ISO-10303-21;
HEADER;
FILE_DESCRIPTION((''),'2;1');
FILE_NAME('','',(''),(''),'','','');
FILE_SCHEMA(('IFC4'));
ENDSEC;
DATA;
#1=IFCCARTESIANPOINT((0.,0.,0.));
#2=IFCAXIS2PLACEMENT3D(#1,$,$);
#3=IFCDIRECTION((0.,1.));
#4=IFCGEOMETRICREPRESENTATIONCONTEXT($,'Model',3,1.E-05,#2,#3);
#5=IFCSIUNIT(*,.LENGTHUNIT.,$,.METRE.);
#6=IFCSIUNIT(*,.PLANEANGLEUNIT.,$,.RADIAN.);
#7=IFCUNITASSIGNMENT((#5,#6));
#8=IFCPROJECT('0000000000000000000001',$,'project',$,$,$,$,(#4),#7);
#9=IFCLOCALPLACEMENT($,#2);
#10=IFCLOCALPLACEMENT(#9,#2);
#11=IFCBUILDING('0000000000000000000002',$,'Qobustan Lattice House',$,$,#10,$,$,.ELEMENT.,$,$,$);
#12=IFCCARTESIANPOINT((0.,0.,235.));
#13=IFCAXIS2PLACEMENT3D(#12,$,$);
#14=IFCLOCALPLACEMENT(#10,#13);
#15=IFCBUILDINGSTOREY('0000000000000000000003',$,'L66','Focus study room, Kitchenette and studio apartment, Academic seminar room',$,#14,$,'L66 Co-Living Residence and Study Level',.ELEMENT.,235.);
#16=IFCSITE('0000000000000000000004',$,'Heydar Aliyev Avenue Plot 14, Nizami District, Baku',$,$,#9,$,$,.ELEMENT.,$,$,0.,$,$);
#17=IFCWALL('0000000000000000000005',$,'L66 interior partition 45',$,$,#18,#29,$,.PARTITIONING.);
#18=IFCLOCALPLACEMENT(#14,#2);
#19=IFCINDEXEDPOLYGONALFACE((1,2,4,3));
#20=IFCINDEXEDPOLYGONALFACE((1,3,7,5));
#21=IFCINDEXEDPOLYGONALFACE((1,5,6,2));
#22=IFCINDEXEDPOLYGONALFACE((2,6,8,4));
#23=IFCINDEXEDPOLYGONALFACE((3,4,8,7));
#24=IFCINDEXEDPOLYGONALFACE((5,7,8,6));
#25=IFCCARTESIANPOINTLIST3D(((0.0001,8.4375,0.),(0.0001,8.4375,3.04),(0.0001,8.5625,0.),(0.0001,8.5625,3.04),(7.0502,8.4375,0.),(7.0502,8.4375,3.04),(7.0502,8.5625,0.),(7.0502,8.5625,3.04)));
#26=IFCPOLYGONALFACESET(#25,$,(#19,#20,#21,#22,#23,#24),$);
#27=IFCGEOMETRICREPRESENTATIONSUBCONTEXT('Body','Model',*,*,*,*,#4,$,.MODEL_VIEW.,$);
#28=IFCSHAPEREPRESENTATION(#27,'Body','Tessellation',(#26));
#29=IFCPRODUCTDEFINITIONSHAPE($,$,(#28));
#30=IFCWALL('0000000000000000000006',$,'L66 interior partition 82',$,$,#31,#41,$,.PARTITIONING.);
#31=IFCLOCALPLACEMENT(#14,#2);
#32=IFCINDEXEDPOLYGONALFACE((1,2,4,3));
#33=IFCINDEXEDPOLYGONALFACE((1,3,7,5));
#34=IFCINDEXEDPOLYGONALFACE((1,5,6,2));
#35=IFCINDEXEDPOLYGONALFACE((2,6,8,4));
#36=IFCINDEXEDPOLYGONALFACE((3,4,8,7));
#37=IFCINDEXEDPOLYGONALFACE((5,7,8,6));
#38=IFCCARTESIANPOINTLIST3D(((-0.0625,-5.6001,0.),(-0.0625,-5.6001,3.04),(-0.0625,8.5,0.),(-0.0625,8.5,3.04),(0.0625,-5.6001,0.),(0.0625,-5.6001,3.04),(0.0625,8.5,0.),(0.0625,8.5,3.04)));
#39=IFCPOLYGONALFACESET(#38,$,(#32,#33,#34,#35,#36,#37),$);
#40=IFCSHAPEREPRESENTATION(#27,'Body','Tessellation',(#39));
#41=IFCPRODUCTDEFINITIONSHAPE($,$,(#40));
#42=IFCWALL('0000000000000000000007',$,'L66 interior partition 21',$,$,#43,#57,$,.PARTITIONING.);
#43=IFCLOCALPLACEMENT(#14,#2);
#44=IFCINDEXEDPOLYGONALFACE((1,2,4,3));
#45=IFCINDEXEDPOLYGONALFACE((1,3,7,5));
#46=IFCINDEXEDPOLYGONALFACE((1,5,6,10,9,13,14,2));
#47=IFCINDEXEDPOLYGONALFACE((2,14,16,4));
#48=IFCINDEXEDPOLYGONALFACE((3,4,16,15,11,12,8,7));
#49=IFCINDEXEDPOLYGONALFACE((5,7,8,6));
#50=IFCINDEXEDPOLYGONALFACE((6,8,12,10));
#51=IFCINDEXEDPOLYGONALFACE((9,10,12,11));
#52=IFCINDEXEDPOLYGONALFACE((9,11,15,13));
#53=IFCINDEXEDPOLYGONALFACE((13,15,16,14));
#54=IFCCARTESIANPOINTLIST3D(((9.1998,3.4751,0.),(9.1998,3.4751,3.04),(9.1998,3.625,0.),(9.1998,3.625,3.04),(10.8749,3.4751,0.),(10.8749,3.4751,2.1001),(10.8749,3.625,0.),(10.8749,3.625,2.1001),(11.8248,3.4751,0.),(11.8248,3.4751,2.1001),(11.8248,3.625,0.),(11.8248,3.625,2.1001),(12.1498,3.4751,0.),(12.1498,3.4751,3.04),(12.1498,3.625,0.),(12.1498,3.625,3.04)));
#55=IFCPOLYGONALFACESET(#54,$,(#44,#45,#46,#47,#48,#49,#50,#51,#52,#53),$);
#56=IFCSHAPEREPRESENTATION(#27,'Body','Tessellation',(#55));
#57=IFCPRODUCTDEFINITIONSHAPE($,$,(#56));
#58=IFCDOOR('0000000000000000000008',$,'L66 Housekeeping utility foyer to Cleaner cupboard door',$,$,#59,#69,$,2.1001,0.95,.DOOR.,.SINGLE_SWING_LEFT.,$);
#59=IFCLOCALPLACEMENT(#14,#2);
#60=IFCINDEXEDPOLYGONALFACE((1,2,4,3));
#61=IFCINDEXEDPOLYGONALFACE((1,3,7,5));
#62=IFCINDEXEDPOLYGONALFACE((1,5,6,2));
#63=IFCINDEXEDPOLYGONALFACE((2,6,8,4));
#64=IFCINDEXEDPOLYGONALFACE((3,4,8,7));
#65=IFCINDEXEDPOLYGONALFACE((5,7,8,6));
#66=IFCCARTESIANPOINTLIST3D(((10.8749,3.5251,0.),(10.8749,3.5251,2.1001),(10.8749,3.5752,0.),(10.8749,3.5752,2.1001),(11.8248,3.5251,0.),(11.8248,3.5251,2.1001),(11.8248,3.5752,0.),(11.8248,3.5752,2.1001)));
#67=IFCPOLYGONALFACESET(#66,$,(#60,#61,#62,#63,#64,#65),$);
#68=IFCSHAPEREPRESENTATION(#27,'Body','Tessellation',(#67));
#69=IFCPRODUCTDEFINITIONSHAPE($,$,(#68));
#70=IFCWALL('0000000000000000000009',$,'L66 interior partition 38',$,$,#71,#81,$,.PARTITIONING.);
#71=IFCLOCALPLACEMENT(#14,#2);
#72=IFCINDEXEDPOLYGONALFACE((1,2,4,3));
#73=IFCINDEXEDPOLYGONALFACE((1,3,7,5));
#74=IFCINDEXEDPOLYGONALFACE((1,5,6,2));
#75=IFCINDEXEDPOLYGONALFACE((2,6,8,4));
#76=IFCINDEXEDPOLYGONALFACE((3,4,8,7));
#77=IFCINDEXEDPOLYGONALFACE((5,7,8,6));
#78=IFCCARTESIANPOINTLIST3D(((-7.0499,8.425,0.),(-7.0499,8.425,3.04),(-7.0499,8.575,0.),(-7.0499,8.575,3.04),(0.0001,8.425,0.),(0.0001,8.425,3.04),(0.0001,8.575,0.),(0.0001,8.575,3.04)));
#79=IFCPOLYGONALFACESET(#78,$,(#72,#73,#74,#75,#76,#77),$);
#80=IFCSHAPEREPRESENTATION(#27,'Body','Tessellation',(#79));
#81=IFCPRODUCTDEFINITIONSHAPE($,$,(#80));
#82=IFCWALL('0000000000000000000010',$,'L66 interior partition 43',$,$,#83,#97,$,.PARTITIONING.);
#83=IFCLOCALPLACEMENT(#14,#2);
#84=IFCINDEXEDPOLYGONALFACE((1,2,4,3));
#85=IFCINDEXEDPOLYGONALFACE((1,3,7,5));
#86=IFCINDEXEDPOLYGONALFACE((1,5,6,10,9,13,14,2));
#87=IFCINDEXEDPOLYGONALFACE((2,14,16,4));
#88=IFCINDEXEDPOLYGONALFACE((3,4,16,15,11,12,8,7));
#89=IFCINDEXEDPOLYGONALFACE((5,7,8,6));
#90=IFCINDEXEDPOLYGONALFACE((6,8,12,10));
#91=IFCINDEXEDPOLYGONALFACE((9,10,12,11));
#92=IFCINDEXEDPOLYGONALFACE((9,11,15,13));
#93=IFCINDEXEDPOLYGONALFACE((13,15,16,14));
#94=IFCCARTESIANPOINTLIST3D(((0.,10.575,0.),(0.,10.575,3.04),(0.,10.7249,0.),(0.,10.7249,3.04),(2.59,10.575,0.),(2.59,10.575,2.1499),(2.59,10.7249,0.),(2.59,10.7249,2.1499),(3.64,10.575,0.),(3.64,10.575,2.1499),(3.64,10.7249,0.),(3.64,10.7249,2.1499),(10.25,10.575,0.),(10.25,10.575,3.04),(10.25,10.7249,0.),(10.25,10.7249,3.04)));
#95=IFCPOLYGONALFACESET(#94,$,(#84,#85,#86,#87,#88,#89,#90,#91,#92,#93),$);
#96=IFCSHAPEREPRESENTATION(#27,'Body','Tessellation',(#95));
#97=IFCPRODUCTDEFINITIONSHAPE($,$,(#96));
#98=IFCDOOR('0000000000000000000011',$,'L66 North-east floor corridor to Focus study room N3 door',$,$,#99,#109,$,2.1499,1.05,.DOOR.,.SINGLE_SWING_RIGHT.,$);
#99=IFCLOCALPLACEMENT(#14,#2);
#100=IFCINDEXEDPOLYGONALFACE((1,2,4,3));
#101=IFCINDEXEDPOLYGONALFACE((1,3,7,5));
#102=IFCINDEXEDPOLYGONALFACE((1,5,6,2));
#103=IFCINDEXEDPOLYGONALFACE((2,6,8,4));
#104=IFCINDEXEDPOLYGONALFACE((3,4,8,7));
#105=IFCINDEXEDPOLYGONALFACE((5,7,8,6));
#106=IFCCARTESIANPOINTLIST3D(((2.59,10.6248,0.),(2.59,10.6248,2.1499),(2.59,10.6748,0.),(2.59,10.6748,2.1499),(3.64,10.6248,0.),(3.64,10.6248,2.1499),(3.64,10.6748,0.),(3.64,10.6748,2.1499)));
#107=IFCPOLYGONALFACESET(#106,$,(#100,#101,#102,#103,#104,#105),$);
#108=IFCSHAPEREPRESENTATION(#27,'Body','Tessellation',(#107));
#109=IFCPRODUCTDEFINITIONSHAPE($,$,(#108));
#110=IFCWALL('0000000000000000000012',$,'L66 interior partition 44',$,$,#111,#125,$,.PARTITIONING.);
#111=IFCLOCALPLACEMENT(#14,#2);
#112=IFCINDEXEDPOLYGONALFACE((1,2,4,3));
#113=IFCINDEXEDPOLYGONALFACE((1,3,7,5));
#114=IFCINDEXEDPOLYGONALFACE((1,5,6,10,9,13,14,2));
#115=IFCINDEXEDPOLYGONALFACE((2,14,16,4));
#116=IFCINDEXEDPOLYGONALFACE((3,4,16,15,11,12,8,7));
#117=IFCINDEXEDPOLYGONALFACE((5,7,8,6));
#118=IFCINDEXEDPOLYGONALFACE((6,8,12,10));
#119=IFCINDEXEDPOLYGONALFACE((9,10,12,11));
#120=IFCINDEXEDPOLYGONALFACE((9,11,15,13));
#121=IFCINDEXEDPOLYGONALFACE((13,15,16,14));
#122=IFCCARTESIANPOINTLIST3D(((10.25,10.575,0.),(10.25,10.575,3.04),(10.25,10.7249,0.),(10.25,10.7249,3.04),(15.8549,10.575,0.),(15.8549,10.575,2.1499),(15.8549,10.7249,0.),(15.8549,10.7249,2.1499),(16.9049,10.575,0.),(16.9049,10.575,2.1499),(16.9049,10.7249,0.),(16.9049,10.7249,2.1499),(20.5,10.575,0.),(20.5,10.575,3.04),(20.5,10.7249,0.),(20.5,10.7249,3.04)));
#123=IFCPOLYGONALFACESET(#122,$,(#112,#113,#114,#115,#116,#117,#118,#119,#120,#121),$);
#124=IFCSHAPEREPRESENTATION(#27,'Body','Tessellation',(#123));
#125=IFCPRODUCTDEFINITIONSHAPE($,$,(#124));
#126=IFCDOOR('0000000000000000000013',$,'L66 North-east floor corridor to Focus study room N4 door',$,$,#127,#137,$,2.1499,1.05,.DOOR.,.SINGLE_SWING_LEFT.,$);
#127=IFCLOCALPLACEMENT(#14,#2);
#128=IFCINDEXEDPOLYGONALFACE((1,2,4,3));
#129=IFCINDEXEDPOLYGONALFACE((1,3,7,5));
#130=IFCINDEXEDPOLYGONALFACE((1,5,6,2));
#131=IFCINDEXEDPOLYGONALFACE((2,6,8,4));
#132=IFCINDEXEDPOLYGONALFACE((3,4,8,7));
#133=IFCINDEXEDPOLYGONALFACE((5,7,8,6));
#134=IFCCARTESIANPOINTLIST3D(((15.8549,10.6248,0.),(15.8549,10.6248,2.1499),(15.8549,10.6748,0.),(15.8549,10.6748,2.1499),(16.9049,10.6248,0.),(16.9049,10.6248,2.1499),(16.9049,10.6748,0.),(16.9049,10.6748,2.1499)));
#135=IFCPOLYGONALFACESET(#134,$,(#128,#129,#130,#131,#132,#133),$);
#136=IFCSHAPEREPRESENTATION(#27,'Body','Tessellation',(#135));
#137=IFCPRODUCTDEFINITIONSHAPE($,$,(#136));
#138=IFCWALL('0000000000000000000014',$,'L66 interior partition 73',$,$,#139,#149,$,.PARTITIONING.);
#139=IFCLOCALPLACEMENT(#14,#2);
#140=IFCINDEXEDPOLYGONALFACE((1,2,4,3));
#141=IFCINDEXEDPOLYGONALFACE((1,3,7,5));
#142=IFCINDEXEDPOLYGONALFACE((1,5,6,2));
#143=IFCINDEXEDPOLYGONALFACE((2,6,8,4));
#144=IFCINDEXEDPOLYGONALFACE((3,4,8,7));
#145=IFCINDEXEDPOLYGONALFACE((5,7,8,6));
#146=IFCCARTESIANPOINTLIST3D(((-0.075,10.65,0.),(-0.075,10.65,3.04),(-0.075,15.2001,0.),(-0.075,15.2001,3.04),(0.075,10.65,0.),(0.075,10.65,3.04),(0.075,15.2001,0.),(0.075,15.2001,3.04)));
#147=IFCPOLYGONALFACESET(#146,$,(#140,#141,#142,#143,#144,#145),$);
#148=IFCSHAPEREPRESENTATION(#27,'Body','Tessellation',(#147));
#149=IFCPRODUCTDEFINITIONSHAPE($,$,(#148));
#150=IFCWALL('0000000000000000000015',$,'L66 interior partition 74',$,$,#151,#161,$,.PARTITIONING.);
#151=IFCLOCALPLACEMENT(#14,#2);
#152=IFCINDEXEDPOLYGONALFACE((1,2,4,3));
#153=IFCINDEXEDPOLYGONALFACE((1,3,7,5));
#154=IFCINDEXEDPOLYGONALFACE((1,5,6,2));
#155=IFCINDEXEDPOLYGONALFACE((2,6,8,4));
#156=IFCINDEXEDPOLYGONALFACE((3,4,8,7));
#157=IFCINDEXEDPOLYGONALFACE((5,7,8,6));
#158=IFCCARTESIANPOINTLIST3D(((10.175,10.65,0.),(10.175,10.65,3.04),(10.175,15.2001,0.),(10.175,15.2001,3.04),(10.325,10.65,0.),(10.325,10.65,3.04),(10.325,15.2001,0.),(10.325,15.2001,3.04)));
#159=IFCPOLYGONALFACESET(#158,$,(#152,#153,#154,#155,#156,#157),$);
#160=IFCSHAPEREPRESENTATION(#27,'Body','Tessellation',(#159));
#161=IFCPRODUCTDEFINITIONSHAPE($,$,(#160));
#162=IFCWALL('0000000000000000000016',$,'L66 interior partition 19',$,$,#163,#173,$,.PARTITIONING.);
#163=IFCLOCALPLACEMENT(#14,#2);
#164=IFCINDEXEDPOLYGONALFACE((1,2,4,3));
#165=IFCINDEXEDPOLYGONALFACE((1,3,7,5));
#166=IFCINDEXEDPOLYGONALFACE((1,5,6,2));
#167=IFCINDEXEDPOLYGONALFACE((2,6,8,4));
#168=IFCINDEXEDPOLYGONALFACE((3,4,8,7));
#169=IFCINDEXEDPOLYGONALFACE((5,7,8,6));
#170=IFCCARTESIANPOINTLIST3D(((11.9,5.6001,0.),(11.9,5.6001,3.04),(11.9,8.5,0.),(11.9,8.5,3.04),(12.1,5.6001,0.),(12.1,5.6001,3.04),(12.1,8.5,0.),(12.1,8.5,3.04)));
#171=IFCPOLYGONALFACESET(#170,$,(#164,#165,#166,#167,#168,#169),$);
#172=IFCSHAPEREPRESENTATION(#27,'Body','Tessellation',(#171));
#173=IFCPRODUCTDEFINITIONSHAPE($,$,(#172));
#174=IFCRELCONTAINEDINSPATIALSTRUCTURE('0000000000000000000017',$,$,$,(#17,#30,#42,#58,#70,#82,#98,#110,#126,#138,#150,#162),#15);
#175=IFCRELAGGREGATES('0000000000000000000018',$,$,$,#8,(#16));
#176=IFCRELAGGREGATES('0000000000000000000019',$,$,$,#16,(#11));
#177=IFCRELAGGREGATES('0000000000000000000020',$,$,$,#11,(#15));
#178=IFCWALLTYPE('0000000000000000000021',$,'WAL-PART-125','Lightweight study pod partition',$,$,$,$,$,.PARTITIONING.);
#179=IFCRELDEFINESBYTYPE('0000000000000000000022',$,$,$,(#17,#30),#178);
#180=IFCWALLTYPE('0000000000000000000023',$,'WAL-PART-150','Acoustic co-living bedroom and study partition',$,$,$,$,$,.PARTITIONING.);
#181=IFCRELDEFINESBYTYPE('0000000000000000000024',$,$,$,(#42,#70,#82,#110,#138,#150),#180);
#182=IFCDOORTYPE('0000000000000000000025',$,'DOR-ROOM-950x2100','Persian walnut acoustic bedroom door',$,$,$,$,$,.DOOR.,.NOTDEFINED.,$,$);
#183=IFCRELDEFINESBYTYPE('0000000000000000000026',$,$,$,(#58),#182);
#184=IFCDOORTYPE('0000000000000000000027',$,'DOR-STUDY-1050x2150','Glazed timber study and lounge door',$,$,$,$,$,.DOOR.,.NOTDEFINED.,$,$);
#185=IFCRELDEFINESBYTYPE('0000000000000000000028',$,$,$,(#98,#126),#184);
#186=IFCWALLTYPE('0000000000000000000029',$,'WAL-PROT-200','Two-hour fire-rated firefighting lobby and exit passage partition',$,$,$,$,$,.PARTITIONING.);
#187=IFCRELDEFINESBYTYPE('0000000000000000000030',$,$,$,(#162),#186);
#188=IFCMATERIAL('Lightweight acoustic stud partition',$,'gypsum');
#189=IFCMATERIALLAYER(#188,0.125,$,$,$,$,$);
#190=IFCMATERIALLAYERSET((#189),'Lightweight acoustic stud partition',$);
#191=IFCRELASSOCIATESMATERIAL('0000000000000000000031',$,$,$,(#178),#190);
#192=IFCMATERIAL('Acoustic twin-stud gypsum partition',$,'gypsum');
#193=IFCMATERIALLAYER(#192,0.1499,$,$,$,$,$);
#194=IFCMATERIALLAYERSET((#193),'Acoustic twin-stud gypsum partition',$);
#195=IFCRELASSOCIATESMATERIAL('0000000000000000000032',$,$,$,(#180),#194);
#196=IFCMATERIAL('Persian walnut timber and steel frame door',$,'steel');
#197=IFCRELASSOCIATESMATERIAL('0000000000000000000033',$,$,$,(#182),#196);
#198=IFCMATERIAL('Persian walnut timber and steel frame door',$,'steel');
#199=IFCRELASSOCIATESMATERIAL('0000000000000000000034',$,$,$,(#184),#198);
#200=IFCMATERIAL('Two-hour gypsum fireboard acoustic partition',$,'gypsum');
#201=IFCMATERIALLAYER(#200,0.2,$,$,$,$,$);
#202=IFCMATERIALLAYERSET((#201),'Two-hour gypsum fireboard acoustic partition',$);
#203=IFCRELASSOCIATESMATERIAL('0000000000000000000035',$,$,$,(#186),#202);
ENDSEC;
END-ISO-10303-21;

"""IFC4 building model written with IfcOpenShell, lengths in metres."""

from ifc_helpers import new_model, si_unit, direction, frame, frame_2d, origin, place, context, subcontext, project, spatial, rectangle, extrude, material, layer, layer_set, type_object, element, fill, save


model = new_model("IFC4")

# Units and contexts
model_context = context("Model", 3, precision=1e-05, world=origin(), true_north=direction((0.0, 1.0)))
body_context = subcontext(model_context, "Body", "Model", "MODEL_VIEW")
ifc_project = project(units=[si_unit("LENGTHUNIT", "METRE"), si_unit("PLANEANGLEUNIT", "RADIAN")], contexts=[model_context])

# Site, building, storey
site_placement = place(None, origin())
site = spatial("IfcSite", under=ifc_project, at=site_placement, Name="Heydar Aliyev Avenue Plot 14, Nizami District, Baku", CompositionType="ELEMENT", RefElevation=0.0)
building_placement = place(site_placement, origin())
building = spatial("IfcBuilding", under=site, at=building_placement, Name="Qobustan Lattice House", CompositionType="ELEMENT")
storey_placement = place(building_placement, frame((0.0, 0.0, 235.0)))
storey = spatial("IfcBuildingStorey", under=building, at=storey_placement, Name="L66", Description="Focus study room, Kitchenette and studio apartment, Academic seminar room", LongName="L66 Co-Living Residence and Study Level", CompositionType="ELEMENT", Elevation=235.0)

# Walls
ifc_material_1 = material(Name="Lightweight acoustic stud partition", Category="gypsum")
ifc_layer_1 = layer(ifc_material_1, 0.125)
ifc_layer_set_1 = layer_set([ifc_layer_1], Name="Lightweight acoustic stud partition")
wall_type_1 = type_object("IfcWallType", Name="WAL-PART-125", Description="Lightweight study pod partition", PredefinedType="PARTITIONING", material=ifc_layer_set_1)
wall_1_placement = place(storey_placement, frame((7.05, 8.5, 0.0), z_axis=(0.0, 0.0, 1.0), x_axis=(-1.0, 0.0, 0.0)))
element("IfcWall", 1, at=wall_1_placement, inside=storey, type_object=wall_type_1, Name="L66 interior partition 45", PredefinedType="PARTITIONING", context=body_context, shape_type="SweptSolid", body=[
    extrude(rectangle(XDim=7.05, YDim=0.125, at=frame_2d((3.5249, 0.0))), origin(), (0.0, 0.0, 1.0), 3.04),
])
wall_2_placement = place(storey_placement, frame((0.0, 8.5, 0.0), z_axis=(0.0, 0.0, 1.0), x_axis=(0.0, -1.0, 0.0)))
element("IfcWall", 2, at=wall_2_placement, inside=storey, type_object=wall_type_1, Name="L66 interior partition 82", PredefinedType="PARTITIONING", context=body_context, shape_type="SweptSolid", body=[
    extrude(rectangle(XDim=14.1001, YDim=0.125, at=frame_2d((7.05, 0.0))), origin(), (0.0, 0.0, 1.0), 3.04),
])

# Wall, opening, door
ifc_material_2 = material(Name="Acoustic twin-stud gypsum partition", Category="gypsum")
ifc_layer_2 = layer(ifc_material_2, 0.1499)
ifc_layer_set_2 = layer_set([ifc_layer_2], Name="Acoustic twin-stud gypsum partition")
wall_type_2 = type_object("IfcWallType", Name="WAL-PART-150", Description="Acoustic co-living bedroom and study partition", PredefinedType="PARTITIONING", material=ifc_layer_set_2)
wall_3_placement = place(storey_placement, frame((12.1499, 3.55, 0.0), z_axis=(0.0, 0.0, 1.0), x_axis=(-1.0, 0.0, 0.0)))
wall_3 = element("IfcWall", 3, at=wall_3_placement, inside=storey, type_object=wall_type_2, Name="L66 interior partition 21", PredefinedType="PARTITIONING", context=body_context, shape_type="SweptSolid", body=[
    extrude(rectangle(XDim=2.95, YDim=0.1499, at=frame_2d((1.4751, 0.0))), origin(), (0.0, 0.0, 1.0), 3.04),
])
opening_1_placement = place(wall_3_placement, frame((0.325, 0.0, 0.0)))
opening_1 = element("IfcOpeningElement", 4, at=opening_1_placement, cuts=wall_3, PredefinedType="OPENING", context=body_context, shape_type="SweptSolid", body=[
    extrude(rectangle(XDim=0.95, YDim=2.1001, at=frame_2d((0.4751, 1.05))), frame((0.0, 0.085, 0.0), z_axis=(0.0, -1.0, 0.0), x_axis=(1.0, 0.0, 0.0)), (0.0, 0.0, 1.0), 0.1699),
])
ifc_material_3 = material(Name="Persian walnut timber and steel frame door", Category="steel")
door_type_1 = type_object("IfcDoorType", Name="DOR-ROOM-950x2100", Description="Persian walnut acoustic bedroom door", OperationType="NOTDEFINED", PredefinedType="DOOR", material=ifc_material_3)
door_1_placement = place(opening_1_placement, origin())
door_1 = element("IfcDoor", 5, at=door_1_placement, inside=storey, type_object=door_type_1, Name="L66 Housekeeping utility foyer to Cleaner cupboard door", OperationType="SINGLE_SWING_LEFT", OverallHeight=2.1001, OverallWidth=0.95, PredefinedType="DOOR", context=body_context, shape_type="SweptSolid", body=[
    extrude(rectangle(XDim=0.95, YDim=2.1001, at=frame_2d((0.4751, 1.05))), frame((0.0, 0.0249, 0.0), z_axis=(0.0, -1.0, 0.0), x_axis=(1.0, 0.0, 0.0)), (0.0, 0.0, 1.0), 0.05),
])
fill(opening_1, door_1)

# Wall
wall_4_placement = place(storey_placement, frame((0.0, 8.5, 0.0), z_axis=(0.0, 0.0, 1.0), x_axis=(-1.0, 0.0, 0.0)))
element("IfcWall", 6, at=wall_4_placement, inside=storey, type_object=wall_type_2, Name="L66 interior partition 38", PredefinedType="PARTITIONING", context=body_context, shape_type="SweptSolid", body=[
    extrude(rectangle(XDim=7.05, YDim=0.1499, at=frame_2d((3.5249, 0.0))), origin(), (0.0, 0.0, 1.0), 3.04),
])

# Walls, openings, doors
wall_5_placement = place(storey_placement, frame((0.0, 10.6499, 0.0), z_axis=(0.0, 0.0, 1.0), x_axis=(1.0, 0.0, 0.0)))
wall_5 = element("IfcWall", 7, at=wall_5_placement, inside=storey, type_object=wall_type_2, Name="L66 interior partition 43", PredefinedType="PARTITIONING", context=body_context, shape_type="SweptSolid", body=[
    extrude(rectangle(XDim=10.25, YDim=0.1499, at=frame_2d((5.125, 0.0))), origin(), (0.0, 0.0, 1.0), 3.04),
])
opening_2_placement = place(wall_5_placement, frame((2.5901, 0.0, 0.0)))
opening_2 = element("IfcOpeningElement", 8, at=opening_2_placement, cuts=wall_5, PredefinedType="OPENING", context=body_context, shape_type="SweptSolid", body=[
    extrude(rectangle(XDim=1.05, YDim=2.1499, at=frame_2d((0.5249, 1.075))), frame((0.0, 0.085, 0.0), z_axis=(0.0, -1.0, 0.0), x_axis=(1.0, 0.0, 0.0)), (0.0, 0.0, 1.0), 0.1699),
])
ifc_material_4 = material(Name="Persian walnut timber and steel frame door", Category="steel")
door_type_2 = type_object("IfcDoorType", Name="DOR-STUDY-1050x2150", Description="Glazed timber study and lounge door", OperationType="NOTDEFINED", PredefinedType="DOOR", material=ifc_material_4)
door_2_placement = place(opening_2_placement, origin())
door_2 = element("IfcDoor", 9, at=door_2_placement, inside=storey, type_object=door_type_2, Name="L66 North-east floor corridor to Focus study room N3 door", OperationType="SINGLE_SWING_RIGHT", OverallHeight=2.1499, OverallWidth=1.05, PredefinedType="DOOR", context=body_context, shape_type="SweptSolid", body=[
    extrude(rectangle(XDim=1.05, YDim=2.1499, at=frame_2d((0.5249, 1.075))), frame((0.0, 0.0249, 0.0), z_axis=(0.0, -1.0, 0.0), x_axis=(1.0, 0.0, 0.0)), (0.0, 0.0, 1.0), 0.05),
])
fill(opening_2, door_2)
wall_6_placement = place(storey_placement, frame((10.25, 10.6499, 0.0), z_axis=(0.0, 0.0, 1.0), x_axis=(1.0, 0.0, 0.0)))
wall_6 = element("IfcWall", 10, at=wall_6_placement, inside=storey, type_object=wall_type_2, Name="L66 interior partition 44", PredefinedType="PARTITIONING", context=body_context, shape_type="SweptSolid", body=[
    extrude(rectangle(XDim=10.25, YDim=0.1499, at=frame_2d((5.125, 0.0))), origin(), (0.0, 0.0, 1.0), 3.04),
])
opening_3_placement = place(wall_6_placement, frame((5.605, 0.0, 0.0)))
opening_3 = element("IfcOpeningElement", 11, at=opening_3_placement, cuts=wall_6, PredefinedType="OPENING", context=body_context, shape_type="SweptSolid", body=[
    extrude(rectangle(XDim=1.05, YDim=2.1499, at=frame_2d((0.5249, 1.075))), frame((0.0, 0.085, 0.0), z_axis=(0.0, -1.0, 0.0), x_axis=(1.0, 0.0, 0.0)), (0.0, 0.0, 1.0), 0.1699),
])
door_3_placement = place(opening_3_placement, origin())
door_3 = element("IfcDoor", 12, at=door_3_placement, inside=storey, type_object=door_type_2, Name="L66 North-east floor corridor to Focus study room N4 door", OperationType="SINGLE_SWING_LEFT", OverallHeight=2.1499, OverallWidth=1.05, PredefinedType="DOOR", context=body_context, shape_type="SweptSolid", body=[
    extrude(rectangle(XDim=1.05, YDim=2.1499, at=frame_2d((0.5249, 1.075))), frame((0.0, 0.0249, 0.0), z_axis=(0.0, -1.0, 0.0), x_axis=(1.0, 0.0, 0.0)), (0.0, 0.0, 1.0), 0.05),
])
fill(opening_3, door_3)

# Walls
for number, where, z_axis, x_axis, name in (
    (13, (0.0, 15.2, 0.0), (0.0, 0.0, 1.0), (0.0, -1.0, 0.0), "L66 interior partition 73"),
    (14, (10.25, 15.2, 0.0), (0.0, 0.0, 1.0), (0.0, -1.0, 0.0), "L66 interior partition 74"),
):
    element("IfcWall", number, at=place(storey_placement, frame(where, z_axis=z_axis, x_axis=x_axis)), inside=storey, type_object=wall_type_2, Name=name, PredefinedType="PARTITIONING", context=body_context, shape_type="SweptSolid", body=[
        extrude(rectangle(XDim=4.55, YDim=0.1499, at=frame_2d((2.2749, 0.0))), origin(), (0.0, 0.0, 1.0), 3.04),
    ])
ifc_material_5 = material(Name="Two-hour gypsum fireboard acoustic partition", Category="gypsum")
ifc_layer_3 = layer(ifc_material_5, 0.2)
ifc_layer_set_3 = layer_set([ifc_layer_3], Name="Two-hour gypsum fireboard acoustic partition")
wall_type_3 = type_object("IfcWallType", Name="WAL-PROT-200", Description="Two-hour fire-rated firefighting lobby and exit passage partition", PredefinedType="PARTITIONING", material=ifc_layer_set_3)
wall_7_placement = place(storey_placement, frame((12.0, 8.5, 0.0), z_axis=(0.0, 0.0, 1.0), x_axis=(0.0, -1.0, 0.0)))
element("IfcWall", 15, at=wall_7_placement, inside=storey, type_object=wall_type_3, Name="L66 interior partition 19", PredefinedType="PARTITIONING", context=body_context, shape_type="SweptSolid", body=[
    extrude(rectangle(XDim=2.8999, YDim=0.2, at=frame_2d((1.45, 0.0))), origin(), (0.0, 0.0, 1.0), 3.04),
])

save(model, "model.ifc")
